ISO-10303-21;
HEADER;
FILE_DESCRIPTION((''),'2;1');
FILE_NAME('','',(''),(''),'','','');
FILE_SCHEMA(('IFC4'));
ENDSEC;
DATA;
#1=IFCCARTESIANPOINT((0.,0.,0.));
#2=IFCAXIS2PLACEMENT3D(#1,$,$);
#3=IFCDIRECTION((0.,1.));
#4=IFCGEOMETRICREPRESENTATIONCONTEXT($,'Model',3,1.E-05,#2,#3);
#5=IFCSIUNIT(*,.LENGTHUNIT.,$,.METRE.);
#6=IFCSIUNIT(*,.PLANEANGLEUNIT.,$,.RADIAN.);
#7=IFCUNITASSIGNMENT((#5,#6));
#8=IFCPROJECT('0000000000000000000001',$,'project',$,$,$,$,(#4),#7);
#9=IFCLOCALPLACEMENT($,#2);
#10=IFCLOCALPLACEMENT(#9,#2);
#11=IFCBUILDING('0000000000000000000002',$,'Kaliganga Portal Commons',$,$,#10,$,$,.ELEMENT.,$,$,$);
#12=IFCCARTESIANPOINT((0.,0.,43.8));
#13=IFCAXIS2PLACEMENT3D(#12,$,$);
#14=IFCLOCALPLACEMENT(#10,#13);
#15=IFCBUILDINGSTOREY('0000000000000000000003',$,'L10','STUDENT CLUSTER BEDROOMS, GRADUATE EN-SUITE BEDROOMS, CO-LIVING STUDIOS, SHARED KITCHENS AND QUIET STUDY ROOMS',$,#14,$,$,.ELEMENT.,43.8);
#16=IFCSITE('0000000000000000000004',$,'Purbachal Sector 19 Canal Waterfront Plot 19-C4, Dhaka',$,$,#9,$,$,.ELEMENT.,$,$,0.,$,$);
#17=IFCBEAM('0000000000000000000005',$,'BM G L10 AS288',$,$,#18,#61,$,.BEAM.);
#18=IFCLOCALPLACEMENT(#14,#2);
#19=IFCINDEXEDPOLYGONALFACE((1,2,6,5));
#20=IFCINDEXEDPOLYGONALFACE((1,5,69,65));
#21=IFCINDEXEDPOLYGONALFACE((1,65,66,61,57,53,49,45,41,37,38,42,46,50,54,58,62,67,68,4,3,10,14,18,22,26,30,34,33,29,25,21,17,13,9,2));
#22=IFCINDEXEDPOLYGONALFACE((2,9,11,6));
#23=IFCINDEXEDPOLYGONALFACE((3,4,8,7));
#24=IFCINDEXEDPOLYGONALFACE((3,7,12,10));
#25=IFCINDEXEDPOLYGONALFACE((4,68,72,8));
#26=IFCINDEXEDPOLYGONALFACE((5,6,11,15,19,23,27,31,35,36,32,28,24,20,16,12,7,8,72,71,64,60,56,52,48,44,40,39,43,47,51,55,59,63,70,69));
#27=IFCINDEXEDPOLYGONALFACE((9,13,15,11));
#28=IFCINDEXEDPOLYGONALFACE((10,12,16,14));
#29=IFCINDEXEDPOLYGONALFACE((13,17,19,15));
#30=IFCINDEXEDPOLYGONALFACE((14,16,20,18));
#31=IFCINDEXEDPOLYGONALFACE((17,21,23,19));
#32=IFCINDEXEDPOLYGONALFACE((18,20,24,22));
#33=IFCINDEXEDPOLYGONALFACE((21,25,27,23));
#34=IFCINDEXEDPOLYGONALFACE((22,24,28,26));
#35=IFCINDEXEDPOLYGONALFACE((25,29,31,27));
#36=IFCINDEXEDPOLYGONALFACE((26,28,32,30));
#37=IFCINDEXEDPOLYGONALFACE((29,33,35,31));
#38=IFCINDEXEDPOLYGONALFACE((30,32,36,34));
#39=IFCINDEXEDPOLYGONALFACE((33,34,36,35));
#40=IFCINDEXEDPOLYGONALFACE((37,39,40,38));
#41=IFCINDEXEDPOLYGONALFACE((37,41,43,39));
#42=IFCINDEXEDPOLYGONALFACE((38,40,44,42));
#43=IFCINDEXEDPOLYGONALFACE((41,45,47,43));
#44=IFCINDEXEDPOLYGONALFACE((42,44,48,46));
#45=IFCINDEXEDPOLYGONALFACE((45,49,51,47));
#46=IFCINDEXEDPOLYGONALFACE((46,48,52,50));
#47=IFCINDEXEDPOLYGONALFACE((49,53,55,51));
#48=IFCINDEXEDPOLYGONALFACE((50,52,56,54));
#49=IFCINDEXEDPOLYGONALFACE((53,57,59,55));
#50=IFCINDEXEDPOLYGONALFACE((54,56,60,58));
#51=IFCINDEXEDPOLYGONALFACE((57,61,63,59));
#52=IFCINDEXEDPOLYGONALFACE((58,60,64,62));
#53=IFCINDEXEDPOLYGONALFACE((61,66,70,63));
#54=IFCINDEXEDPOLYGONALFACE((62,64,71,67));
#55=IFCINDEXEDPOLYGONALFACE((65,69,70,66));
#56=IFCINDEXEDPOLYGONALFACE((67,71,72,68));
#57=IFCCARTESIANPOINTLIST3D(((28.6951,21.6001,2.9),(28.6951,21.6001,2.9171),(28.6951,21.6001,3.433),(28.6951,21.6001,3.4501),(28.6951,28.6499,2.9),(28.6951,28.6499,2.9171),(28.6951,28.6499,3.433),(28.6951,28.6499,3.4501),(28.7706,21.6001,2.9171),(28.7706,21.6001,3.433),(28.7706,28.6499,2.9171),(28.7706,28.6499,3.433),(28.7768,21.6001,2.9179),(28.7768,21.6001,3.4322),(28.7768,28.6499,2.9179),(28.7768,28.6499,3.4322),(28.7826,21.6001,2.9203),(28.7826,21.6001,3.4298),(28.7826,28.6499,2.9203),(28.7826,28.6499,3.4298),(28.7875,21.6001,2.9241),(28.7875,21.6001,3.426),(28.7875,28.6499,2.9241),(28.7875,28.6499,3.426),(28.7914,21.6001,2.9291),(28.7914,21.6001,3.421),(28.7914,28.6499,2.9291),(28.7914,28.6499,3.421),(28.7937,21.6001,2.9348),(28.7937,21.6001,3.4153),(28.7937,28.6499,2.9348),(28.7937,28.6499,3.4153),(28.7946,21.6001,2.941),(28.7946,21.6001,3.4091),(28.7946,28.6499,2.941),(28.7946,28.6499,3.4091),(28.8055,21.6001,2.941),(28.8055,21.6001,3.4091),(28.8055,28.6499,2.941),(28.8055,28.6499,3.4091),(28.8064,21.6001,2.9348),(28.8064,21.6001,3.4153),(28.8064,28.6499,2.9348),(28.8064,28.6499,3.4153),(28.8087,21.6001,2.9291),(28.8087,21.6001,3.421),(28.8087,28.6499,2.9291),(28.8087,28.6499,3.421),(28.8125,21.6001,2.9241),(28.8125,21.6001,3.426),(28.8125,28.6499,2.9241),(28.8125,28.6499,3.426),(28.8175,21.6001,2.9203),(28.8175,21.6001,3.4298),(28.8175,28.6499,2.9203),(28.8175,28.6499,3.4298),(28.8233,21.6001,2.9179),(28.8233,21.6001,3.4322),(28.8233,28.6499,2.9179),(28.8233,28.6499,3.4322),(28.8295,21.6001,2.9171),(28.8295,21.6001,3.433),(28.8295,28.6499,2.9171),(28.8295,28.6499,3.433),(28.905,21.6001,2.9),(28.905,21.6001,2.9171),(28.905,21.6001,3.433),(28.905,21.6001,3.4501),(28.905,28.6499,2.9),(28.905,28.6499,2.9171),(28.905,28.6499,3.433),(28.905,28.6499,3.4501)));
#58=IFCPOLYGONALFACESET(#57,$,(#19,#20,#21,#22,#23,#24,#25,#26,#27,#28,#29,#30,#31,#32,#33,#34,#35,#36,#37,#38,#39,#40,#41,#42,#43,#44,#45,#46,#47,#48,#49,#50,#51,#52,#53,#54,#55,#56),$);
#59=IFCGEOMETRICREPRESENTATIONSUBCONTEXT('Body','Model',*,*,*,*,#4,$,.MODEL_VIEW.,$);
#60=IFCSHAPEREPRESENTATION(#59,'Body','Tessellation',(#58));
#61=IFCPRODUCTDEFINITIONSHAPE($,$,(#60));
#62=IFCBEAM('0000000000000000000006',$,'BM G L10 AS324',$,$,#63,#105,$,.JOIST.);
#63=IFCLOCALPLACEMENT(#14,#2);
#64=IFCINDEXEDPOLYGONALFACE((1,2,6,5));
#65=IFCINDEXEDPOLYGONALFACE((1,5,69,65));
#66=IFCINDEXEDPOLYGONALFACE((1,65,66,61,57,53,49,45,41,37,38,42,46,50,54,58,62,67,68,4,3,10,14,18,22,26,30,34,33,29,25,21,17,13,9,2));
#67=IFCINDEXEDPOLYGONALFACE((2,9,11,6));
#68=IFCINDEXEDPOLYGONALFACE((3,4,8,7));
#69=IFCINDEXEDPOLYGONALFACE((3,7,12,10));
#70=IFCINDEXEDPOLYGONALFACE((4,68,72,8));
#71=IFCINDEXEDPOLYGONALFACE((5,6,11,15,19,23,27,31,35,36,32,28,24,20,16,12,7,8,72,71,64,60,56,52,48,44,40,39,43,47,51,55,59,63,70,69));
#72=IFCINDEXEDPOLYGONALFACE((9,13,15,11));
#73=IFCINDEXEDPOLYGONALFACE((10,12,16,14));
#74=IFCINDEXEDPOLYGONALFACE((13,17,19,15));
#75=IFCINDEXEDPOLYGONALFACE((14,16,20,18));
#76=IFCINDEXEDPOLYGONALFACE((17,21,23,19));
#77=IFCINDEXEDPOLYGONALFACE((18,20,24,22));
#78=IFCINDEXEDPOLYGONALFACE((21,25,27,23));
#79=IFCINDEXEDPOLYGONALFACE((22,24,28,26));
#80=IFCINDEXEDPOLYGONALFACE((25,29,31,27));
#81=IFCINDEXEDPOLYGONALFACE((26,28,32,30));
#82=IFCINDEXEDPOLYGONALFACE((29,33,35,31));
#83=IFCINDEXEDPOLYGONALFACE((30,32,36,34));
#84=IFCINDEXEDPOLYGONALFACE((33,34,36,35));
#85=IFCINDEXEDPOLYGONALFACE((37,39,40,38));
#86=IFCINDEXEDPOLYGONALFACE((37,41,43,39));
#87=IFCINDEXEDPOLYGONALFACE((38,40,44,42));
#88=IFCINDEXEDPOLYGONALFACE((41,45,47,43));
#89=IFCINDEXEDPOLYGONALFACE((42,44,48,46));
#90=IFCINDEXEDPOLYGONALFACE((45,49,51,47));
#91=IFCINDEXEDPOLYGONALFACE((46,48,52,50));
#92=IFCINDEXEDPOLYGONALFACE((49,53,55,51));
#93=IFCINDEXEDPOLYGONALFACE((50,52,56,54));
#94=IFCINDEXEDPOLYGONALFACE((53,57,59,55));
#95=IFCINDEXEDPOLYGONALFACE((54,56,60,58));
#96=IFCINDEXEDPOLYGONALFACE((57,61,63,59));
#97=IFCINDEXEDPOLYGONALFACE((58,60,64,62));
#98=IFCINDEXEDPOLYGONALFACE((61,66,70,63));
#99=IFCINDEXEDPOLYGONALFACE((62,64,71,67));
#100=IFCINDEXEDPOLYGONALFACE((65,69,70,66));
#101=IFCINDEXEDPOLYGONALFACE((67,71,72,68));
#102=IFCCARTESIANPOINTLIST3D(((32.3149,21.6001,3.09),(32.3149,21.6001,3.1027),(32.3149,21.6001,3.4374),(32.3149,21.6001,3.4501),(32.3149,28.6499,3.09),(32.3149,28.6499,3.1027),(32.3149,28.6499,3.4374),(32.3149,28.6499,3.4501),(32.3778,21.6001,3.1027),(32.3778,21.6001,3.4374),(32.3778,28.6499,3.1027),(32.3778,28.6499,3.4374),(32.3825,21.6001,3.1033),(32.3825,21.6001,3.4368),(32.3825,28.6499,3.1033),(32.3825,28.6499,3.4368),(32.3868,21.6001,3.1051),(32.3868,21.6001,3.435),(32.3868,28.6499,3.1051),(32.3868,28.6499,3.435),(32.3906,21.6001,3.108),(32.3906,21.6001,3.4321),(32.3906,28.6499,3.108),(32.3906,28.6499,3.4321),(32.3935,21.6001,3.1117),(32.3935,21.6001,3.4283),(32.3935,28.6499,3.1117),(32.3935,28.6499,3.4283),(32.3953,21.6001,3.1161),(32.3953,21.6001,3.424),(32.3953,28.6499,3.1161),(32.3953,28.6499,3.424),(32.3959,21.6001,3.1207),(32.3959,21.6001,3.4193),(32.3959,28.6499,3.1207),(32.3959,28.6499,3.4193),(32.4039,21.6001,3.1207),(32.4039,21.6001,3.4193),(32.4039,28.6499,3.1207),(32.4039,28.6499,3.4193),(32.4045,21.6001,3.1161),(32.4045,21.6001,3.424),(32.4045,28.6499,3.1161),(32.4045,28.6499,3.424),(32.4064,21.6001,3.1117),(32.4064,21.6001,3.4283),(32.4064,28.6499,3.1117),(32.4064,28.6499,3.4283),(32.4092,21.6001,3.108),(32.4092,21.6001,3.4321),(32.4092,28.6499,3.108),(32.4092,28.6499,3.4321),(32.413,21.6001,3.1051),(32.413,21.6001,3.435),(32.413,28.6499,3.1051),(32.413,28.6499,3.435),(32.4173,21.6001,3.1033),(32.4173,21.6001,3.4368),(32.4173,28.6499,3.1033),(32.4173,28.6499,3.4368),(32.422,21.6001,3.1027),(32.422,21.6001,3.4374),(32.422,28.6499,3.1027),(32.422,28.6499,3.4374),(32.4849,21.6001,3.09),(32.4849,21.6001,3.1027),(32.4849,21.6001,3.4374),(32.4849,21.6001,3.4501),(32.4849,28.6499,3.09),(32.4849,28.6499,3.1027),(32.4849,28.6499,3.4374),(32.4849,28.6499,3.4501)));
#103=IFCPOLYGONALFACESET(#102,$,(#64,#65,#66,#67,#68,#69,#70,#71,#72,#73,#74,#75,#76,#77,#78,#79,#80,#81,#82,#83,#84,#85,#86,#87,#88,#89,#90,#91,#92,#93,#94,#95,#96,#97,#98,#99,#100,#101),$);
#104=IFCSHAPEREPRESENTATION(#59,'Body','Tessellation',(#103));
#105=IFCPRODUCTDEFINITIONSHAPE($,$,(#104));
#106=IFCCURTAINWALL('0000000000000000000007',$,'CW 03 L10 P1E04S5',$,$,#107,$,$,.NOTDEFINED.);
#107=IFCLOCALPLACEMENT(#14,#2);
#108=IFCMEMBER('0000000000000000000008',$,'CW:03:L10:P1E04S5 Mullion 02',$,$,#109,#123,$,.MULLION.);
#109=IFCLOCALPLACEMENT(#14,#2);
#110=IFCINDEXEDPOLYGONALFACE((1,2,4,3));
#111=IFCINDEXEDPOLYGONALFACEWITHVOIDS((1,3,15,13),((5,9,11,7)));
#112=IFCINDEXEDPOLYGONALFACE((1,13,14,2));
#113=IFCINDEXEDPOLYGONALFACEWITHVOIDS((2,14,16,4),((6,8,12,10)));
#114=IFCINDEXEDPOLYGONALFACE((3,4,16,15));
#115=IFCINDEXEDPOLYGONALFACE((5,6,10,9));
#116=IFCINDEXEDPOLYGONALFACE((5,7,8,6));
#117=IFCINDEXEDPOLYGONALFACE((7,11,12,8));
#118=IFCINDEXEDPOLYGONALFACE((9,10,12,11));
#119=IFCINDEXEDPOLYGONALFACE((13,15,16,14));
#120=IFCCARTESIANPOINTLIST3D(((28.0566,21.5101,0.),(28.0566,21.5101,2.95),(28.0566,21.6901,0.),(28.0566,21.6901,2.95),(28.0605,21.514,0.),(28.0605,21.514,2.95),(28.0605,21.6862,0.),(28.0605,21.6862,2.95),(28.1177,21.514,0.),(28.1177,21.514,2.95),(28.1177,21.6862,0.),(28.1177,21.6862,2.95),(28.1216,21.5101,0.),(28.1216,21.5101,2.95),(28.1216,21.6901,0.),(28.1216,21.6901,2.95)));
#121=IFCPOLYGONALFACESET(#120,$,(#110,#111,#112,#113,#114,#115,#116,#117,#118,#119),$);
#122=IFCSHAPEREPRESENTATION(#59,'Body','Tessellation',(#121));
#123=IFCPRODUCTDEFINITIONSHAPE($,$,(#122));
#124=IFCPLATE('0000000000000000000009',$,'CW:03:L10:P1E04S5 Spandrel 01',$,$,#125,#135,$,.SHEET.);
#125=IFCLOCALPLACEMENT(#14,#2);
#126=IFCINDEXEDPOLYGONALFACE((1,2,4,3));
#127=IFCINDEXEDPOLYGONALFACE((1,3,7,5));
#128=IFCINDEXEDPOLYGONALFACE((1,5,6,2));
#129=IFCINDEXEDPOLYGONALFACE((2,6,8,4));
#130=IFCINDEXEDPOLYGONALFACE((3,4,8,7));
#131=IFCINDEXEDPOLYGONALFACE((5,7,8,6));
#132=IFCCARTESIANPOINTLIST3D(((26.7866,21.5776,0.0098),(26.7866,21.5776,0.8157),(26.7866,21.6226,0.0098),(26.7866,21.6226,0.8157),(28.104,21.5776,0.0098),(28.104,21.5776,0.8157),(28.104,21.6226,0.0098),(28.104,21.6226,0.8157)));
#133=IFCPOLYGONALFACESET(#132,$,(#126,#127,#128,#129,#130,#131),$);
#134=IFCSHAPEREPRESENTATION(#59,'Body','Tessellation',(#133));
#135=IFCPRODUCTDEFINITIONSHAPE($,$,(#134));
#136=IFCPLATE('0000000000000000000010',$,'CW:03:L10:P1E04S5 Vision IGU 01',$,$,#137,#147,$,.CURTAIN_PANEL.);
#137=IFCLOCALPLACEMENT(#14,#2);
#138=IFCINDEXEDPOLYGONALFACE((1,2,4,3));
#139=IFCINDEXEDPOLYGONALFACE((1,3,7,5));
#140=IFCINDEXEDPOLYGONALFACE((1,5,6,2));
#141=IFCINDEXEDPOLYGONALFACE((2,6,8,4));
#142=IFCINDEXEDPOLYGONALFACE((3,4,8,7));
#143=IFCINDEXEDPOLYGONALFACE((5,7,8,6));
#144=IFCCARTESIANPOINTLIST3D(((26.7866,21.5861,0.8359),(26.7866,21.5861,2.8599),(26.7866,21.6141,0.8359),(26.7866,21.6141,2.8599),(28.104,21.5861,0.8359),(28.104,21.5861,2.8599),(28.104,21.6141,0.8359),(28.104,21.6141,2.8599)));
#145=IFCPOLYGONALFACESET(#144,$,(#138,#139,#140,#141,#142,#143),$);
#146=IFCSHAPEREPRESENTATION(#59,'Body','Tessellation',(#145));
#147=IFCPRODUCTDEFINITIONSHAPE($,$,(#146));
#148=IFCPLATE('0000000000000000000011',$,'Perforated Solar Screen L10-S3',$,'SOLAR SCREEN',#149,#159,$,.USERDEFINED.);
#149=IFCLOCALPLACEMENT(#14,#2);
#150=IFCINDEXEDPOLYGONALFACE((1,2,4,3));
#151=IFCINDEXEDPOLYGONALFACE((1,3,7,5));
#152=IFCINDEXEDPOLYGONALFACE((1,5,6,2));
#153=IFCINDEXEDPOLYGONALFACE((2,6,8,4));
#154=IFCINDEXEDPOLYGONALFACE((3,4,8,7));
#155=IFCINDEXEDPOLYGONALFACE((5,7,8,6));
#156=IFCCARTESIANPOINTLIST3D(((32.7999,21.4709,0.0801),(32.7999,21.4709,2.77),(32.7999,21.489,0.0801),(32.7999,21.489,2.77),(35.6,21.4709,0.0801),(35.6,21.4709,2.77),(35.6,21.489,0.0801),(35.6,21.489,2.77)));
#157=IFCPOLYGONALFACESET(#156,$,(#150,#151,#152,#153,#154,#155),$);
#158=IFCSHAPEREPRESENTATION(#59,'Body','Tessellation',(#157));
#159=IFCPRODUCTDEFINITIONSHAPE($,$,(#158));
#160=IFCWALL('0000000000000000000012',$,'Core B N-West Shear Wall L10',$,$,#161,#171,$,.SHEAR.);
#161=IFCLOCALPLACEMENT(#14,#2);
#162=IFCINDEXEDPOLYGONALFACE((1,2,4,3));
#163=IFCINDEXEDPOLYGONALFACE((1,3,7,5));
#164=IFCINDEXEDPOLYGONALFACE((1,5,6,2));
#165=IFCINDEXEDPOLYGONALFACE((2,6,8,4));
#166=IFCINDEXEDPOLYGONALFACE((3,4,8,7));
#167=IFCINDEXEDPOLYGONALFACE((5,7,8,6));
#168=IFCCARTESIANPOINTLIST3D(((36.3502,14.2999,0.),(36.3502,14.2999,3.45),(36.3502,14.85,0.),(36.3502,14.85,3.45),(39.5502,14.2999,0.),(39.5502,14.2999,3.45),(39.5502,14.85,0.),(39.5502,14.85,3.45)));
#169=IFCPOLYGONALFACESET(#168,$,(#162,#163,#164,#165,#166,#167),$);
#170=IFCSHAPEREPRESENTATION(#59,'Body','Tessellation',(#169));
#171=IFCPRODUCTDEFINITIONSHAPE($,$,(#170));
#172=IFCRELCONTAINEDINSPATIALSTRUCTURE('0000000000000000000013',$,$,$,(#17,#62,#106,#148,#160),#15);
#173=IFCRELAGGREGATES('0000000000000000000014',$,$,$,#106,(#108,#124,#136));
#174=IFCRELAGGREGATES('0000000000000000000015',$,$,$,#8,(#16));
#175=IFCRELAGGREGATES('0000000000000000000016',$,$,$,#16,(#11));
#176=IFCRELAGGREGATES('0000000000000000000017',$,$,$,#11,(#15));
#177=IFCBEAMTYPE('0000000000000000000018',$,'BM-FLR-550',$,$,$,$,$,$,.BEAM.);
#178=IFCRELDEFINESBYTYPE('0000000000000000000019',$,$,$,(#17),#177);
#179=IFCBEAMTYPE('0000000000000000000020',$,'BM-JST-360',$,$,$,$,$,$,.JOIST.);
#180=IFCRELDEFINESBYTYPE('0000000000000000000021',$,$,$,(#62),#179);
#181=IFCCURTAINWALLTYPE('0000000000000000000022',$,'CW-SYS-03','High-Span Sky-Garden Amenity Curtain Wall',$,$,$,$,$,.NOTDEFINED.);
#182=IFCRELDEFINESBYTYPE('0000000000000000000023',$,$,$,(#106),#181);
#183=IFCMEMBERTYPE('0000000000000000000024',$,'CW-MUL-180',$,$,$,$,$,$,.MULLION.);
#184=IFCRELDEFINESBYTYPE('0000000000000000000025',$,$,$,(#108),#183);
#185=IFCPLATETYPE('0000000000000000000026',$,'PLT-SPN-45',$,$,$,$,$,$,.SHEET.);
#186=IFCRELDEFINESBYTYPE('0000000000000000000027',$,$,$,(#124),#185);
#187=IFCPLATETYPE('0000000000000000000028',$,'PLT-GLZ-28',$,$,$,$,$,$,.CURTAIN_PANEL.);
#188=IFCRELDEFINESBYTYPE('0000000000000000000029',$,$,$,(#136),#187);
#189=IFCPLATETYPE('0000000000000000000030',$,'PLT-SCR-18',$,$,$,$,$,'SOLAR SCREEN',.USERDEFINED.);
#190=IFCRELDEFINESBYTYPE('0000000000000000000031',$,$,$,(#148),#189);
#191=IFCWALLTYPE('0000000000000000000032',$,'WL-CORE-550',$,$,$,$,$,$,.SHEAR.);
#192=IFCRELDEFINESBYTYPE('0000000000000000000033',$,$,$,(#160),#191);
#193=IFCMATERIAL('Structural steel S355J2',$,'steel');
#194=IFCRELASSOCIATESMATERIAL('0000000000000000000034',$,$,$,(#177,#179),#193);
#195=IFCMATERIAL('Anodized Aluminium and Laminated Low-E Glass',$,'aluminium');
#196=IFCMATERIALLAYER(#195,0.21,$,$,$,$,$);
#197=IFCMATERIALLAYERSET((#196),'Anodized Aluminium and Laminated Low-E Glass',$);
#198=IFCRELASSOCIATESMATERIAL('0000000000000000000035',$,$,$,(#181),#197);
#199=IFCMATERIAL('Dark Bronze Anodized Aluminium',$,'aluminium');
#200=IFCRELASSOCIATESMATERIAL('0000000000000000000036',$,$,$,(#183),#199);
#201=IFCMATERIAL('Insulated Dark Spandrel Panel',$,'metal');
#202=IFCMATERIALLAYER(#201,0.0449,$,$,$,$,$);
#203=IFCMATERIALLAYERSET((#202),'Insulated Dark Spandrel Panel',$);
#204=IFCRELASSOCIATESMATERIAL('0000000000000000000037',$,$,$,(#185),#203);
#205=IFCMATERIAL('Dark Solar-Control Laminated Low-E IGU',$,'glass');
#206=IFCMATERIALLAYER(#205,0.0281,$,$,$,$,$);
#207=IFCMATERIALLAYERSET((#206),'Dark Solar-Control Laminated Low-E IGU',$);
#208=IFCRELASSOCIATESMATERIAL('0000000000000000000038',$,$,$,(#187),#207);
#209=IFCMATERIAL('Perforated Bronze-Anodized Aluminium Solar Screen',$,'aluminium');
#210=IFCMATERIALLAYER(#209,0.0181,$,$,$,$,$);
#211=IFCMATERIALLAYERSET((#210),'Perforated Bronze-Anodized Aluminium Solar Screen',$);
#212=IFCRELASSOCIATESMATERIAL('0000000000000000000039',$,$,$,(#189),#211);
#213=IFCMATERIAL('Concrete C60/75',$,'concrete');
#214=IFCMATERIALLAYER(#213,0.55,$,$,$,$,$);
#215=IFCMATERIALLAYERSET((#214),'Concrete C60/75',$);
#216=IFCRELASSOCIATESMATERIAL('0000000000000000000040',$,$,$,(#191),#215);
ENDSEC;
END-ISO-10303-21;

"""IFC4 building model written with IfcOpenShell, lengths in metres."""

from ifc_helpers import new_model, si_unit, direction, frame, frame_2d, origin, origin_2d, place, context, subcontext, project, spatial, rectangle, hollow_rectangle, i_section, extrude, source, transform, mapped, material, layer, layer_set, material_profile, profile_set, type_object, element, aggregate, save


model = new_model("IFC4")

# Units and contexts
model_context = context("Model", 3, precision=1e-05, world=origin(), true_north=direction((0.0, 1.0)))
body_context = subcontext(model_context, "Body", "Model", "MODEL_VIEW")
ifc_project = project(units=[si_unit("LENGTHUNIT", "METRE"), si_unit("PLANEANGLEUNIT", "RADIAN")], contexts=[model_context])

# Site, building, storey
site_placement = place(None, origin())
site = spatial("IfcSite", under=ifc_project, at=site_placement, Name="Purbachal Sector 19 Canal Waterfront Plot 19-C4, Dhaka", CompositionType="ELEMENT", RefElevation=0.0)
building_placement = place(site_placement, origin())
building = spatial("IfcBuilding", under=site, at=building_placement, Name="Kaliganga Portal Commons", CompositionType="ELEMENT")
storey_placement = place(building_placement, frame((0.0, 0.0, 43.8)))
storey = spatial("IfcBuildingStorey", under=building, at=storey_placement, Name="L10", Description="STUDENT CLUSTER BEDROOMS, GRADUATE EN-SUITE BEDROOMS, CO-LIVING STUDIOS, SHARED KITCHENS AND QUIET STUDY ROOMS", CompositionType="ELEMENT", Elevation=43.8)

# Beams
ifc_material_1 = material(Name="Concrete C60/75", Category="concrete")
ifc_material_2 = material(Name="Structural steel S355J2", Category="steel")
ifc_material_profile_1 = material_profile(ifc_material_2, i_section(OverallWidth=0.21, OverallDepth=0.55, WebThickness=0.011, FlangeThickness=0.0171, FilletRadius=0.0239, at=origin_2d()), Name="IPE 550")
ifc_profile_set_1 = profile_set([ifc_material_profile_1], Name="Structural steel S355J2 wide-flange")
beam_type_1 = type_object("IfcBeamType", Name="BM-FLR-550", PredefinedType="BEAM", material=ifc_profile_set_1)
shared_shape_1 = source(origin(), body_context, "Body", "SweptSolid", [
    extrude(i_section(OverallWidth=0.21, OverallDepth=0.55, WebThickness=0.011, FlangeThickness=0.0171, FilletRadius=0.0239, at=origin_2d()), origin(), (0.0, 0.0, 1.0), 7.0498),
])
beam_1_placement = place(storey_placement, frame((28.8, 21.6001, 3.175), z_axis=(0.0, 1.0, 0.0), x_axis=(-1.0, 0.0, 0.0)))
element("IfcBeam", 1, at=beam_1_placement, inside=storey, type_object=beam_type_1, Name="BM G L10 AS288", PredefinedType="BEAM", context=body_context, shape_type="MappedRepresentation", body=[
    mapped(shared_shape_1, transform((0.0, 0.0, 0.0), x_axis=(1.0, 0.0, 0.0), y_axis=(0.0, 1.0, 0.0), z_axis=(0.0, 0.0, 1.0), scale=1.0)),
])
ifc_material_profile_2 = material_profile(ifc_material_2, i_section(OverallWidth=0.1699, OverallDepth=0.3601, WebThickness=0.0081, FlangeThickness=0.0127, FilletRadius=0.0181, at=origin_2d()), Name="IPE 360")
ifc_profile_set_2 = profile_set([ifc_material_profile_2], Name="Structural steel S355J2 wide-flange")
beam_type_2 = type_object("IfcBeamType", Name="BM-JST-360", PredefinedType="JOIST", material=ifc_profile_set_2)
shared_shape_2 = source(origin(), body_context, "Body", "SweptSolid", [
    extrude(i_section(OverallWidth=0.1699, OverallDepth=0.3601, WebThickness=0.0081, FlangeThickness=0.0127, FilletRadius=0.0181, at=origin_2d()), origin(), (0.0, 0.0, 1.0), 7.0498),
])
beam_2_placement = place(storey_placement, frame((32.3999, 21.6001, 3.27), z_axis=(0.0, 1.0, 0.0), x_axis=(-1.0, 0.0, 0.0)))
element("IfcBeam", 2, at=beam_2_placement, inside=storey, type_object=beam_type_2, Name="BM G L10 AS324", PredefinedType="JOIST", context=body_context, shape_type="MappedRepresentation", body=[
    mapped(shared_shape_2, transform((0.0, 0.0, 0.0), x_axis=(1.0, 0.0, 0.0), y_axis=(0.0, 1.0, 0.0), z_axis=(0.0, 0.0, 1.0), scale=1.0)),
])

# Curtain wall, member, plates
ifc_material_3 = material(Name="Anodized Aluminium and Laminated Low-E Glass", Category="aluminium")
ifc_layer_1 = layer(ifc_material_3, 0.21)
ifc_layer_set_1 = layer_set([ifc_layer_1], Name="Anodized Aluminium and Laminated Low-E Glass")
curtain_wall_type = type_object("IfcCurtainWallType", Name="CW-SYS-03", Description="High-Span Sky-Garden Amenity Curtain Wall", PredefinedType="NOTDEFINED", material=ifc_layer_set_1)
curtain_wall_placement = place(storey_placement, origin())
curtain_wall = element("IfcCurtainWall", 3, at=curtain_wall_placement, inside=storey, type_object=curtain_wall_type, Name="CW 03 L10 P1E04S5", PredefinedType="NOTDEFINED")
ifc_material_4 = material(Name="Dark Bronze Anodized Aluminium", Category="aluminium")
ifc_material_profile_3 = material_profile(ifc_material_4, hollow_rectangle(XDim=0.0649, YDim=0.1799, WallThickness=0.0039, at=origin_2d()), Name="ALU MULL 65x180x4")
ifc_profile_set_3 = profile_set([ifc_material_profile_3], Name="Dark Bronze Anodized Aluminium")
member_type = type_object("IfcMemberType", Name="CW-MUL-180", PredefinedType="MULLION", material=ifc_profile_set_3)
shared_shape_3 = source(origin(), body_context, "Body", "SweptSolid", [
    extrude(hollow_rectangle(XDim=0.0649, YDim=0.1799, WallThickness=0.0039, at=origin_2d()), origin(), (0.0, 0.0, 1.0), 2.95),
])
member_placement = place(storey_placement, frame((28.0891, 21.6001, 0.0), z_axis=(0.0, 0.0, 1.0), x_axis=(1.0, 0.0, 0.0)))
member = element("IfcMember", 4, at=member_placement, type_object=member_type, Name="CW:03:L10:P1E04S5 Mullion 02", PredefinedType="MULLION", context=body_context, shape_type="MappedRepresentation", body=[
    mapped(shared_shape_3, transform((0.0, 0.0, 0.0), x_axis=(1.0, 0.0, 0.0), y_axis=(0.0, 1.0, 0.0), z_axis=(0.0, 0.0, 1.0), scale=1.0)),
])
ifc_material_5 = material(Name="Insulated Dark Spandrel Panel", Category="metal")
ifc_layer_2 = layer(ifc_material_5, 0.0449)
ifc_layer_set_2 = layer_set([ifc_layer_2], Name="Insulated Dark Spandrel Panel")
plate_type_1 = type_object("IfcPlateType", Name="PLT-SPN-45", PredefinedType="SHEET", material=ifc_layer_set_2)
shared_shape_4 = source(origin(), body_context, "Body", "SweptSolid", [
    extrude(rectangle(XDim=1.3174, YDim=0.0449, at=origin_2d()), origin(), (0.0, 0.0, 1.0), 0.8059),
])
plate_1_placement = place(storey_placement, frame((27.4453, 21.6001, 0.0098), z_axis=(0.0, 0.0, 1.0), x_axis=(1.0, 0.0, 0.0)))
plate_1 = element("IfcPlate", 5, at=plate_1_placement, type_object=plate_type_1, Name="CW:03:L10:P1E04S5 Spandrel 01", PredefinedType="SHEET", context=body_context, shape_type="MappedRepresentation", body=[
    mapped(shared_shape_4, transform((0.0, 0.0, 0.0), x_axis=(1.0, 0.0, 0.0), y_axis=(0.0, 1.0, 0.0), z_axis=(0.0, 0.0, 1.0), scale=1.0)),
])
ifc_material_6 = material(Name="Dark Solar-Control Laminated Low-E IGU", Category="glass")
ifc_layer_3 = layer(ifc_material_6, 0.0281)
ifc_layer_set_3 = layer_set([ifc_layer_3], Name="Dark Solar-Control Laminated Low-E IGU")
plate_type_2 = type_object("IfcPlateType", Name="PLT-GLZ-28", PredefinedType="CURTAIN_PANEL", material=ifc_layer_set_3)
shared_shape_5 = source(origin(), body_context, "Body", "SweptSolid", [
    extrude(rectangle(XDim=1.3174, YDim=0.0281, at=origin_2d()), origin(), (0.0, 0.0, 1.0), 2.0239),
])
plate_2_placement = place(storey_placement, frame((27.4453, 21.6001, 0.8359), z_axis=(0.0, 0.0, 1.0), x_axis=(1.0, 0.0, 0.0)))
plate_2 = element("IfcPlate", 6, at=plate_2_placement, type_object=plate_type_2, Name="CW:03:L10:P1E04S5 Vision IGU 01", PredefinedType="CURTAIN_PANEL", context=body_context, shape_type="MappedRepresentation", body=[
    mapped(shared_shape_5, transform((0.0, 0.0, 0.0), x_axis=(1.0, 0.0, 0.0), y_axis=(0.0, 1.0, 0.0), z_axis=(0.0, 0.0, 1.0), scale=1.0)),
])
aggregate(curtain_wall, [member, plate_1, plate_2])

# Plate
ifc_material_7 = material(Name="Perforated Bronze-Anodized Aluminium Solar Screen", Category="aluminium")
ifc_layer_4 = layer(ifc_material_7, 0.0181)
ifc_layer_set_4 = layer_set([ifc_layer_4], Name="Perforated Bronze-Anodized Aluminium Solar Screen")
plate_type_3 = type_object("IfcPlateType", Name="PLT-SCR-18", ElementType="SOLAR SCREEN", PredefinedType="USERDEFINED", material=ifc_layer_set_4)
shared_shape_6 = source(origin(), body_context, "Body", "SweptSolid", [
    extrude(rectangle(XDim=2.8, YDim=0.0181, at=origin_2d()), origin(), (0.0, 0.0, 1.0), 2.6899),
])
plate_3_placement = place(storey_placement, frame((34.2, 21.48, 0.0801), z_axis=(0.0, 0.0, 1.0), x_axis=(1.0, 0.0, 0.0)))
element("IfcPlate", 7, at=plate_3_placement, inside=storey, type_object=plate_type_3, Name="Perforated Solar Screen L10-S3", ObjectType="SOLAR SCREEN", PredefinedType="USERDEFINED", context=body_context, shape_type="MappedRepresentation", body=[
    mapped(shared_shape_6, transform((0.0, 0.0, 0.0), x_axis=(1.0, 0.0, 0.0), y_axis=(0.0, 1.0, 0.0), z_axis=(0.0, 0.0, 1.0), scale=1.0)),
])

# Wall
ifc_layer_5 = layer(ifc_material_1, 0.55)
ifc_layer_set_5 = layer_set([ifc_layer_5], Name="Concrete C60/75")
wall_type_1 = type_object("IfcWallType", Name="WL-CORE-550", PredefinedType="SHEAR", material=ifc_layer_set_5)
wall_1_placement = place(storey_placement, frame((36.3501, 14.575, 0.0), z_axis=(0.0, 0.0, 1.0), x_axis=(1.0, 0.0, 0.0)))
element("IfcWall", 8, at=wall_1_placement, inside=storey, type_object=wall_type_1, Name="Core B N-West Shear Wall L10", PredefinedType="SHEAR", context=body_context, shape_type="SweptSolid", body=[
    extrude(rectangle(XDim=3.2, YDim=0.55, at=frame_2d((1.6001, 0.0))), origin(), (0.0, 0.0, 1.0), 3.45),
])

save(model, "model.ifc")
